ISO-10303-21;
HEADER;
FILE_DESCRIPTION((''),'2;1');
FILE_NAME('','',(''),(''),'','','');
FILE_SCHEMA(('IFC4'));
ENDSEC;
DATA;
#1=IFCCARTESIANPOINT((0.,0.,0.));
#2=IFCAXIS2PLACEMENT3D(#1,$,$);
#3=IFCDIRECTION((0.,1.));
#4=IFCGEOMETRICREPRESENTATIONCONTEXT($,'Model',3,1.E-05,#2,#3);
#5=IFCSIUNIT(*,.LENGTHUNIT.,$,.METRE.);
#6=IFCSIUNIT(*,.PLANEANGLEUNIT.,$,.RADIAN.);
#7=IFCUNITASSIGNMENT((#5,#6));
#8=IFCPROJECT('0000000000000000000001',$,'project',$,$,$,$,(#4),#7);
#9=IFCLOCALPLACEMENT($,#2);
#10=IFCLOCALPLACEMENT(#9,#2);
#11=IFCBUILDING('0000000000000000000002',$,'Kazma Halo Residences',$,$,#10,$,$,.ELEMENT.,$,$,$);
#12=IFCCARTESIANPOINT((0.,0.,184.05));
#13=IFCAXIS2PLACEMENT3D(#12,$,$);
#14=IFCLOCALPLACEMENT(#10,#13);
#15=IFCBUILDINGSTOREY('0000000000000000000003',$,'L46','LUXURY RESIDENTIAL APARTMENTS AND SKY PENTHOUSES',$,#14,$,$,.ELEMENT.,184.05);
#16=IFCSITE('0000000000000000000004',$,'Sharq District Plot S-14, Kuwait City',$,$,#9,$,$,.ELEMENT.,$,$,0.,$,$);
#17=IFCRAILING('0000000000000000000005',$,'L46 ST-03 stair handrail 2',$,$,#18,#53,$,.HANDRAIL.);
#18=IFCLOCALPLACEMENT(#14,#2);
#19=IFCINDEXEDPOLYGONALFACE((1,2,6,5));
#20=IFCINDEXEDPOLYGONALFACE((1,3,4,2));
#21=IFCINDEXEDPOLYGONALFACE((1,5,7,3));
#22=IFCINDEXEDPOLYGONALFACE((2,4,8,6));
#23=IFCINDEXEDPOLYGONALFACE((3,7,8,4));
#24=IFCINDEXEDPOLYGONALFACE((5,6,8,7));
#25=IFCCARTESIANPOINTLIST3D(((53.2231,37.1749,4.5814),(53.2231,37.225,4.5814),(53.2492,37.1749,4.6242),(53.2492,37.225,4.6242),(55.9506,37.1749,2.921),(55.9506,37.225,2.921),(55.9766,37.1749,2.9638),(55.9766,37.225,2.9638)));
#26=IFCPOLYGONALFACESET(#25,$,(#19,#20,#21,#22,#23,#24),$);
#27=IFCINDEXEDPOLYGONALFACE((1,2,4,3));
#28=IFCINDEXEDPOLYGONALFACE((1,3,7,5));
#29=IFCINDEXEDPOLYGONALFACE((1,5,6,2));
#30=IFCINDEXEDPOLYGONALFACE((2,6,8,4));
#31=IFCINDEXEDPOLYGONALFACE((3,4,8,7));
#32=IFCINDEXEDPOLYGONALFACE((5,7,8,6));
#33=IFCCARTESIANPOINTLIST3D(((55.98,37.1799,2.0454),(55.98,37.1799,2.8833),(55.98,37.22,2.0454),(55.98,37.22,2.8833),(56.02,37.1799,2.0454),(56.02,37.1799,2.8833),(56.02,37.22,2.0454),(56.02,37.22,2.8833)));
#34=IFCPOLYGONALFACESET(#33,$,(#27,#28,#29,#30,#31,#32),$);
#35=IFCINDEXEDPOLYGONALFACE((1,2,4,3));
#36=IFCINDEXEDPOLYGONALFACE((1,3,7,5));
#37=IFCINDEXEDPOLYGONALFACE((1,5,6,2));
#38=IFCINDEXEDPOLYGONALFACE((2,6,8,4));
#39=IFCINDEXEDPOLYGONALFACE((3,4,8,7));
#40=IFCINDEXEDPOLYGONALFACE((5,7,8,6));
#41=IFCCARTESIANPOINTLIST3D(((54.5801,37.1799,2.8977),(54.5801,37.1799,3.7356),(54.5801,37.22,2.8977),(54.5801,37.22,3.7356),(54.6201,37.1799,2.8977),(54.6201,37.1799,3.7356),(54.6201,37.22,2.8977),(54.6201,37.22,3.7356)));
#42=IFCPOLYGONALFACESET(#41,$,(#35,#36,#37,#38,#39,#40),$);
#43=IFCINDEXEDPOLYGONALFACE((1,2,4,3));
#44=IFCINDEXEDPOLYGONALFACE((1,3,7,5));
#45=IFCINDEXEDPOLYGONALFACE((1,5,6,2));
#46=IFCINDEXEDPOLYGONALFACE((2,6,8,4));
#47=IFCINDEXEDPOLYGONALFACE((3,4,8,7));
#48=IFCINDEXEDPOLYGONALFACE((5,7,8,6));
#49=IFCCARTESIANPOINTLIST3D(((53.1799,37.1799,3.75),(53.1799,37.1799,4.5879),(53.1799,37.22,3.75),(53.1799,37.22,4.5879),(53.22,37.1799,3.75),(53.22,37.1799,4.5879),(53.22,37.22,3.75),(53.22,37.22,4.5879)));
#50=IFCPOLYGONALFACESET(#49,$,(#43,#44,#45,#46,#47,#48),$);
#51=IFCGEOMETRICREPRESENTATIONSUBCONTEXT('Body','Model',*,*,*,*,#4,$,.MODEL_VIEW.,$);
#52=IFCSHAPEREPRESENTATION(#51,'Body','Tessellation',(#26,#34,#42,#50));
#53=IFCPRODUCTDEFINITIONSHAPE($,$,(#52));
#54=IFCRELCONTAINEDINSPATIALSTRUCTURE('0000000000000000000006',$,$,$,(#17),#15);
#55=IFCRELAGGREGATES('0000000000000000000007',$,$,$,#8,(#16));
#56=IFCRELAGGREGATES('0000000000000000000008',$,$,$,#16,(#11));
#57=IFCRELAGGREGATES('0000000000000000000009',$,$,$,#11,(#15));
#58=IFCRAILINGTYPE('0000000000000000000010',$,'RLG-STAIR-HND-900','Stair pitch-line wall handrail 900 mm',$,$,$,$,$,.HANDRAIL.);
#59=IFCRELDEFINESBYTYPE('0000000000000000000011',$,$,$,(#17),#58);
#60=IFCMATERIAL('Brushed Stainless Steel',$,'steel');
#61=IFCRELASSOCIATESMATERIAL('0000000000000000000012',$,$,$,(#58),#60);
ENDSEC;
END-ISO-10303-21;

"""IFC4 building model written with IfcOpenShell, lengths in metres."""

from ifc_helpers import new_model, si_unit, direction, frame, origin, origin_2d, place, context, subcontext, project, spatial, rectangle, extrude, material, type_object, element, save


model = new_model("IFC4")

# Units and contexts
model_context = context("Model", 3, precision=1e-05, world=origin(), true_north=direction((0.0, 1.0)))
body_context = subcontext(model_context, "Body", "Model", "MODEL_VIEW")
ifc_project = project(units=[si_unit("LENGTHUNIT", "METRE"), si_unit("PLANEANGLEUNIT", "RADIAN")], contexts=[model_context])

# Site, building, storey
site_placement = place(None, origin())
site = spatial("IfcSite", under=ifc_project, at=site_placement, Name="Sharq District Plot S-14, Kuwait City", CompositionType="ELEMENT", RefElevation=0.0)
building_placement = place(site_placement, origin())
building = spatial("IfcBuilding", under=site, at=building_placement, Name="Kazma Halo Residences", CompositionType="ELEMENT")
storey_placement = place(building_placement, frame((0.0, 0.0, 184.05)))
storey = spatial("IfcBuildingStorey", under=building, at=storey_placement, Name="L46", Description="LUXURY RESIDENTIAL APARTMENTS AND SKY PENTHOUSES", CompositionType="ELEMENT", Elevation=184.05)

# Railing
ifc_material_1 = material(Name="Brushed Stainless Steel", Category="steel")
railing_type_1 = type_object("IfcRailingType", Name="RLG-STAIR-HND-900", Description="Stair pitch-line wall handrail 900 mm", PredefinedType="HANDRAIL", material=ifc_material_1)
railing_1_placement = place(storey_placement, frame((56.0, 37.2, 2.0454)))
element("IfcRailing", 1, at=railing_1_placement, inside=storey, type_object=railing_type_1, Name="L46 ST-03 stair handrail 2", PredefinedType="HANDRAIL", context=body_context, shape_type="SweptSolid", body=[
    extrude(rectangle(XDim=0.05, YDim=0.05, at=origin_2d()), frame((-0.0364, 0.0, 0.897), z_axis=(-0.85417, 0.0, 0.519994), x_axis=(0.0, -1.0, 0.0)), (0.0, 0.0, 1.0), 3.1931),
    extrude(rectangle(XDim=0.04, YDim=0.04, at=origin_2d()), origin(), (0.0, 0.0, 1.0), 0.8379),
    extrude(rectangle(XDim=0.04, YDim=0.04, at=origin_2d()), frame((-1.3999, 0.0, 0.8523)), (0.0, 0.0, 1.0), 0.8379),
    extrude(rectangle(XDim=0.04, YDim=0.04, at=origin_2d()), frame((-2.8, 0.0, 1.7046)), (0.0, 0.0, 1.0), 0.8379),
])

save(model, "model.ifc")
